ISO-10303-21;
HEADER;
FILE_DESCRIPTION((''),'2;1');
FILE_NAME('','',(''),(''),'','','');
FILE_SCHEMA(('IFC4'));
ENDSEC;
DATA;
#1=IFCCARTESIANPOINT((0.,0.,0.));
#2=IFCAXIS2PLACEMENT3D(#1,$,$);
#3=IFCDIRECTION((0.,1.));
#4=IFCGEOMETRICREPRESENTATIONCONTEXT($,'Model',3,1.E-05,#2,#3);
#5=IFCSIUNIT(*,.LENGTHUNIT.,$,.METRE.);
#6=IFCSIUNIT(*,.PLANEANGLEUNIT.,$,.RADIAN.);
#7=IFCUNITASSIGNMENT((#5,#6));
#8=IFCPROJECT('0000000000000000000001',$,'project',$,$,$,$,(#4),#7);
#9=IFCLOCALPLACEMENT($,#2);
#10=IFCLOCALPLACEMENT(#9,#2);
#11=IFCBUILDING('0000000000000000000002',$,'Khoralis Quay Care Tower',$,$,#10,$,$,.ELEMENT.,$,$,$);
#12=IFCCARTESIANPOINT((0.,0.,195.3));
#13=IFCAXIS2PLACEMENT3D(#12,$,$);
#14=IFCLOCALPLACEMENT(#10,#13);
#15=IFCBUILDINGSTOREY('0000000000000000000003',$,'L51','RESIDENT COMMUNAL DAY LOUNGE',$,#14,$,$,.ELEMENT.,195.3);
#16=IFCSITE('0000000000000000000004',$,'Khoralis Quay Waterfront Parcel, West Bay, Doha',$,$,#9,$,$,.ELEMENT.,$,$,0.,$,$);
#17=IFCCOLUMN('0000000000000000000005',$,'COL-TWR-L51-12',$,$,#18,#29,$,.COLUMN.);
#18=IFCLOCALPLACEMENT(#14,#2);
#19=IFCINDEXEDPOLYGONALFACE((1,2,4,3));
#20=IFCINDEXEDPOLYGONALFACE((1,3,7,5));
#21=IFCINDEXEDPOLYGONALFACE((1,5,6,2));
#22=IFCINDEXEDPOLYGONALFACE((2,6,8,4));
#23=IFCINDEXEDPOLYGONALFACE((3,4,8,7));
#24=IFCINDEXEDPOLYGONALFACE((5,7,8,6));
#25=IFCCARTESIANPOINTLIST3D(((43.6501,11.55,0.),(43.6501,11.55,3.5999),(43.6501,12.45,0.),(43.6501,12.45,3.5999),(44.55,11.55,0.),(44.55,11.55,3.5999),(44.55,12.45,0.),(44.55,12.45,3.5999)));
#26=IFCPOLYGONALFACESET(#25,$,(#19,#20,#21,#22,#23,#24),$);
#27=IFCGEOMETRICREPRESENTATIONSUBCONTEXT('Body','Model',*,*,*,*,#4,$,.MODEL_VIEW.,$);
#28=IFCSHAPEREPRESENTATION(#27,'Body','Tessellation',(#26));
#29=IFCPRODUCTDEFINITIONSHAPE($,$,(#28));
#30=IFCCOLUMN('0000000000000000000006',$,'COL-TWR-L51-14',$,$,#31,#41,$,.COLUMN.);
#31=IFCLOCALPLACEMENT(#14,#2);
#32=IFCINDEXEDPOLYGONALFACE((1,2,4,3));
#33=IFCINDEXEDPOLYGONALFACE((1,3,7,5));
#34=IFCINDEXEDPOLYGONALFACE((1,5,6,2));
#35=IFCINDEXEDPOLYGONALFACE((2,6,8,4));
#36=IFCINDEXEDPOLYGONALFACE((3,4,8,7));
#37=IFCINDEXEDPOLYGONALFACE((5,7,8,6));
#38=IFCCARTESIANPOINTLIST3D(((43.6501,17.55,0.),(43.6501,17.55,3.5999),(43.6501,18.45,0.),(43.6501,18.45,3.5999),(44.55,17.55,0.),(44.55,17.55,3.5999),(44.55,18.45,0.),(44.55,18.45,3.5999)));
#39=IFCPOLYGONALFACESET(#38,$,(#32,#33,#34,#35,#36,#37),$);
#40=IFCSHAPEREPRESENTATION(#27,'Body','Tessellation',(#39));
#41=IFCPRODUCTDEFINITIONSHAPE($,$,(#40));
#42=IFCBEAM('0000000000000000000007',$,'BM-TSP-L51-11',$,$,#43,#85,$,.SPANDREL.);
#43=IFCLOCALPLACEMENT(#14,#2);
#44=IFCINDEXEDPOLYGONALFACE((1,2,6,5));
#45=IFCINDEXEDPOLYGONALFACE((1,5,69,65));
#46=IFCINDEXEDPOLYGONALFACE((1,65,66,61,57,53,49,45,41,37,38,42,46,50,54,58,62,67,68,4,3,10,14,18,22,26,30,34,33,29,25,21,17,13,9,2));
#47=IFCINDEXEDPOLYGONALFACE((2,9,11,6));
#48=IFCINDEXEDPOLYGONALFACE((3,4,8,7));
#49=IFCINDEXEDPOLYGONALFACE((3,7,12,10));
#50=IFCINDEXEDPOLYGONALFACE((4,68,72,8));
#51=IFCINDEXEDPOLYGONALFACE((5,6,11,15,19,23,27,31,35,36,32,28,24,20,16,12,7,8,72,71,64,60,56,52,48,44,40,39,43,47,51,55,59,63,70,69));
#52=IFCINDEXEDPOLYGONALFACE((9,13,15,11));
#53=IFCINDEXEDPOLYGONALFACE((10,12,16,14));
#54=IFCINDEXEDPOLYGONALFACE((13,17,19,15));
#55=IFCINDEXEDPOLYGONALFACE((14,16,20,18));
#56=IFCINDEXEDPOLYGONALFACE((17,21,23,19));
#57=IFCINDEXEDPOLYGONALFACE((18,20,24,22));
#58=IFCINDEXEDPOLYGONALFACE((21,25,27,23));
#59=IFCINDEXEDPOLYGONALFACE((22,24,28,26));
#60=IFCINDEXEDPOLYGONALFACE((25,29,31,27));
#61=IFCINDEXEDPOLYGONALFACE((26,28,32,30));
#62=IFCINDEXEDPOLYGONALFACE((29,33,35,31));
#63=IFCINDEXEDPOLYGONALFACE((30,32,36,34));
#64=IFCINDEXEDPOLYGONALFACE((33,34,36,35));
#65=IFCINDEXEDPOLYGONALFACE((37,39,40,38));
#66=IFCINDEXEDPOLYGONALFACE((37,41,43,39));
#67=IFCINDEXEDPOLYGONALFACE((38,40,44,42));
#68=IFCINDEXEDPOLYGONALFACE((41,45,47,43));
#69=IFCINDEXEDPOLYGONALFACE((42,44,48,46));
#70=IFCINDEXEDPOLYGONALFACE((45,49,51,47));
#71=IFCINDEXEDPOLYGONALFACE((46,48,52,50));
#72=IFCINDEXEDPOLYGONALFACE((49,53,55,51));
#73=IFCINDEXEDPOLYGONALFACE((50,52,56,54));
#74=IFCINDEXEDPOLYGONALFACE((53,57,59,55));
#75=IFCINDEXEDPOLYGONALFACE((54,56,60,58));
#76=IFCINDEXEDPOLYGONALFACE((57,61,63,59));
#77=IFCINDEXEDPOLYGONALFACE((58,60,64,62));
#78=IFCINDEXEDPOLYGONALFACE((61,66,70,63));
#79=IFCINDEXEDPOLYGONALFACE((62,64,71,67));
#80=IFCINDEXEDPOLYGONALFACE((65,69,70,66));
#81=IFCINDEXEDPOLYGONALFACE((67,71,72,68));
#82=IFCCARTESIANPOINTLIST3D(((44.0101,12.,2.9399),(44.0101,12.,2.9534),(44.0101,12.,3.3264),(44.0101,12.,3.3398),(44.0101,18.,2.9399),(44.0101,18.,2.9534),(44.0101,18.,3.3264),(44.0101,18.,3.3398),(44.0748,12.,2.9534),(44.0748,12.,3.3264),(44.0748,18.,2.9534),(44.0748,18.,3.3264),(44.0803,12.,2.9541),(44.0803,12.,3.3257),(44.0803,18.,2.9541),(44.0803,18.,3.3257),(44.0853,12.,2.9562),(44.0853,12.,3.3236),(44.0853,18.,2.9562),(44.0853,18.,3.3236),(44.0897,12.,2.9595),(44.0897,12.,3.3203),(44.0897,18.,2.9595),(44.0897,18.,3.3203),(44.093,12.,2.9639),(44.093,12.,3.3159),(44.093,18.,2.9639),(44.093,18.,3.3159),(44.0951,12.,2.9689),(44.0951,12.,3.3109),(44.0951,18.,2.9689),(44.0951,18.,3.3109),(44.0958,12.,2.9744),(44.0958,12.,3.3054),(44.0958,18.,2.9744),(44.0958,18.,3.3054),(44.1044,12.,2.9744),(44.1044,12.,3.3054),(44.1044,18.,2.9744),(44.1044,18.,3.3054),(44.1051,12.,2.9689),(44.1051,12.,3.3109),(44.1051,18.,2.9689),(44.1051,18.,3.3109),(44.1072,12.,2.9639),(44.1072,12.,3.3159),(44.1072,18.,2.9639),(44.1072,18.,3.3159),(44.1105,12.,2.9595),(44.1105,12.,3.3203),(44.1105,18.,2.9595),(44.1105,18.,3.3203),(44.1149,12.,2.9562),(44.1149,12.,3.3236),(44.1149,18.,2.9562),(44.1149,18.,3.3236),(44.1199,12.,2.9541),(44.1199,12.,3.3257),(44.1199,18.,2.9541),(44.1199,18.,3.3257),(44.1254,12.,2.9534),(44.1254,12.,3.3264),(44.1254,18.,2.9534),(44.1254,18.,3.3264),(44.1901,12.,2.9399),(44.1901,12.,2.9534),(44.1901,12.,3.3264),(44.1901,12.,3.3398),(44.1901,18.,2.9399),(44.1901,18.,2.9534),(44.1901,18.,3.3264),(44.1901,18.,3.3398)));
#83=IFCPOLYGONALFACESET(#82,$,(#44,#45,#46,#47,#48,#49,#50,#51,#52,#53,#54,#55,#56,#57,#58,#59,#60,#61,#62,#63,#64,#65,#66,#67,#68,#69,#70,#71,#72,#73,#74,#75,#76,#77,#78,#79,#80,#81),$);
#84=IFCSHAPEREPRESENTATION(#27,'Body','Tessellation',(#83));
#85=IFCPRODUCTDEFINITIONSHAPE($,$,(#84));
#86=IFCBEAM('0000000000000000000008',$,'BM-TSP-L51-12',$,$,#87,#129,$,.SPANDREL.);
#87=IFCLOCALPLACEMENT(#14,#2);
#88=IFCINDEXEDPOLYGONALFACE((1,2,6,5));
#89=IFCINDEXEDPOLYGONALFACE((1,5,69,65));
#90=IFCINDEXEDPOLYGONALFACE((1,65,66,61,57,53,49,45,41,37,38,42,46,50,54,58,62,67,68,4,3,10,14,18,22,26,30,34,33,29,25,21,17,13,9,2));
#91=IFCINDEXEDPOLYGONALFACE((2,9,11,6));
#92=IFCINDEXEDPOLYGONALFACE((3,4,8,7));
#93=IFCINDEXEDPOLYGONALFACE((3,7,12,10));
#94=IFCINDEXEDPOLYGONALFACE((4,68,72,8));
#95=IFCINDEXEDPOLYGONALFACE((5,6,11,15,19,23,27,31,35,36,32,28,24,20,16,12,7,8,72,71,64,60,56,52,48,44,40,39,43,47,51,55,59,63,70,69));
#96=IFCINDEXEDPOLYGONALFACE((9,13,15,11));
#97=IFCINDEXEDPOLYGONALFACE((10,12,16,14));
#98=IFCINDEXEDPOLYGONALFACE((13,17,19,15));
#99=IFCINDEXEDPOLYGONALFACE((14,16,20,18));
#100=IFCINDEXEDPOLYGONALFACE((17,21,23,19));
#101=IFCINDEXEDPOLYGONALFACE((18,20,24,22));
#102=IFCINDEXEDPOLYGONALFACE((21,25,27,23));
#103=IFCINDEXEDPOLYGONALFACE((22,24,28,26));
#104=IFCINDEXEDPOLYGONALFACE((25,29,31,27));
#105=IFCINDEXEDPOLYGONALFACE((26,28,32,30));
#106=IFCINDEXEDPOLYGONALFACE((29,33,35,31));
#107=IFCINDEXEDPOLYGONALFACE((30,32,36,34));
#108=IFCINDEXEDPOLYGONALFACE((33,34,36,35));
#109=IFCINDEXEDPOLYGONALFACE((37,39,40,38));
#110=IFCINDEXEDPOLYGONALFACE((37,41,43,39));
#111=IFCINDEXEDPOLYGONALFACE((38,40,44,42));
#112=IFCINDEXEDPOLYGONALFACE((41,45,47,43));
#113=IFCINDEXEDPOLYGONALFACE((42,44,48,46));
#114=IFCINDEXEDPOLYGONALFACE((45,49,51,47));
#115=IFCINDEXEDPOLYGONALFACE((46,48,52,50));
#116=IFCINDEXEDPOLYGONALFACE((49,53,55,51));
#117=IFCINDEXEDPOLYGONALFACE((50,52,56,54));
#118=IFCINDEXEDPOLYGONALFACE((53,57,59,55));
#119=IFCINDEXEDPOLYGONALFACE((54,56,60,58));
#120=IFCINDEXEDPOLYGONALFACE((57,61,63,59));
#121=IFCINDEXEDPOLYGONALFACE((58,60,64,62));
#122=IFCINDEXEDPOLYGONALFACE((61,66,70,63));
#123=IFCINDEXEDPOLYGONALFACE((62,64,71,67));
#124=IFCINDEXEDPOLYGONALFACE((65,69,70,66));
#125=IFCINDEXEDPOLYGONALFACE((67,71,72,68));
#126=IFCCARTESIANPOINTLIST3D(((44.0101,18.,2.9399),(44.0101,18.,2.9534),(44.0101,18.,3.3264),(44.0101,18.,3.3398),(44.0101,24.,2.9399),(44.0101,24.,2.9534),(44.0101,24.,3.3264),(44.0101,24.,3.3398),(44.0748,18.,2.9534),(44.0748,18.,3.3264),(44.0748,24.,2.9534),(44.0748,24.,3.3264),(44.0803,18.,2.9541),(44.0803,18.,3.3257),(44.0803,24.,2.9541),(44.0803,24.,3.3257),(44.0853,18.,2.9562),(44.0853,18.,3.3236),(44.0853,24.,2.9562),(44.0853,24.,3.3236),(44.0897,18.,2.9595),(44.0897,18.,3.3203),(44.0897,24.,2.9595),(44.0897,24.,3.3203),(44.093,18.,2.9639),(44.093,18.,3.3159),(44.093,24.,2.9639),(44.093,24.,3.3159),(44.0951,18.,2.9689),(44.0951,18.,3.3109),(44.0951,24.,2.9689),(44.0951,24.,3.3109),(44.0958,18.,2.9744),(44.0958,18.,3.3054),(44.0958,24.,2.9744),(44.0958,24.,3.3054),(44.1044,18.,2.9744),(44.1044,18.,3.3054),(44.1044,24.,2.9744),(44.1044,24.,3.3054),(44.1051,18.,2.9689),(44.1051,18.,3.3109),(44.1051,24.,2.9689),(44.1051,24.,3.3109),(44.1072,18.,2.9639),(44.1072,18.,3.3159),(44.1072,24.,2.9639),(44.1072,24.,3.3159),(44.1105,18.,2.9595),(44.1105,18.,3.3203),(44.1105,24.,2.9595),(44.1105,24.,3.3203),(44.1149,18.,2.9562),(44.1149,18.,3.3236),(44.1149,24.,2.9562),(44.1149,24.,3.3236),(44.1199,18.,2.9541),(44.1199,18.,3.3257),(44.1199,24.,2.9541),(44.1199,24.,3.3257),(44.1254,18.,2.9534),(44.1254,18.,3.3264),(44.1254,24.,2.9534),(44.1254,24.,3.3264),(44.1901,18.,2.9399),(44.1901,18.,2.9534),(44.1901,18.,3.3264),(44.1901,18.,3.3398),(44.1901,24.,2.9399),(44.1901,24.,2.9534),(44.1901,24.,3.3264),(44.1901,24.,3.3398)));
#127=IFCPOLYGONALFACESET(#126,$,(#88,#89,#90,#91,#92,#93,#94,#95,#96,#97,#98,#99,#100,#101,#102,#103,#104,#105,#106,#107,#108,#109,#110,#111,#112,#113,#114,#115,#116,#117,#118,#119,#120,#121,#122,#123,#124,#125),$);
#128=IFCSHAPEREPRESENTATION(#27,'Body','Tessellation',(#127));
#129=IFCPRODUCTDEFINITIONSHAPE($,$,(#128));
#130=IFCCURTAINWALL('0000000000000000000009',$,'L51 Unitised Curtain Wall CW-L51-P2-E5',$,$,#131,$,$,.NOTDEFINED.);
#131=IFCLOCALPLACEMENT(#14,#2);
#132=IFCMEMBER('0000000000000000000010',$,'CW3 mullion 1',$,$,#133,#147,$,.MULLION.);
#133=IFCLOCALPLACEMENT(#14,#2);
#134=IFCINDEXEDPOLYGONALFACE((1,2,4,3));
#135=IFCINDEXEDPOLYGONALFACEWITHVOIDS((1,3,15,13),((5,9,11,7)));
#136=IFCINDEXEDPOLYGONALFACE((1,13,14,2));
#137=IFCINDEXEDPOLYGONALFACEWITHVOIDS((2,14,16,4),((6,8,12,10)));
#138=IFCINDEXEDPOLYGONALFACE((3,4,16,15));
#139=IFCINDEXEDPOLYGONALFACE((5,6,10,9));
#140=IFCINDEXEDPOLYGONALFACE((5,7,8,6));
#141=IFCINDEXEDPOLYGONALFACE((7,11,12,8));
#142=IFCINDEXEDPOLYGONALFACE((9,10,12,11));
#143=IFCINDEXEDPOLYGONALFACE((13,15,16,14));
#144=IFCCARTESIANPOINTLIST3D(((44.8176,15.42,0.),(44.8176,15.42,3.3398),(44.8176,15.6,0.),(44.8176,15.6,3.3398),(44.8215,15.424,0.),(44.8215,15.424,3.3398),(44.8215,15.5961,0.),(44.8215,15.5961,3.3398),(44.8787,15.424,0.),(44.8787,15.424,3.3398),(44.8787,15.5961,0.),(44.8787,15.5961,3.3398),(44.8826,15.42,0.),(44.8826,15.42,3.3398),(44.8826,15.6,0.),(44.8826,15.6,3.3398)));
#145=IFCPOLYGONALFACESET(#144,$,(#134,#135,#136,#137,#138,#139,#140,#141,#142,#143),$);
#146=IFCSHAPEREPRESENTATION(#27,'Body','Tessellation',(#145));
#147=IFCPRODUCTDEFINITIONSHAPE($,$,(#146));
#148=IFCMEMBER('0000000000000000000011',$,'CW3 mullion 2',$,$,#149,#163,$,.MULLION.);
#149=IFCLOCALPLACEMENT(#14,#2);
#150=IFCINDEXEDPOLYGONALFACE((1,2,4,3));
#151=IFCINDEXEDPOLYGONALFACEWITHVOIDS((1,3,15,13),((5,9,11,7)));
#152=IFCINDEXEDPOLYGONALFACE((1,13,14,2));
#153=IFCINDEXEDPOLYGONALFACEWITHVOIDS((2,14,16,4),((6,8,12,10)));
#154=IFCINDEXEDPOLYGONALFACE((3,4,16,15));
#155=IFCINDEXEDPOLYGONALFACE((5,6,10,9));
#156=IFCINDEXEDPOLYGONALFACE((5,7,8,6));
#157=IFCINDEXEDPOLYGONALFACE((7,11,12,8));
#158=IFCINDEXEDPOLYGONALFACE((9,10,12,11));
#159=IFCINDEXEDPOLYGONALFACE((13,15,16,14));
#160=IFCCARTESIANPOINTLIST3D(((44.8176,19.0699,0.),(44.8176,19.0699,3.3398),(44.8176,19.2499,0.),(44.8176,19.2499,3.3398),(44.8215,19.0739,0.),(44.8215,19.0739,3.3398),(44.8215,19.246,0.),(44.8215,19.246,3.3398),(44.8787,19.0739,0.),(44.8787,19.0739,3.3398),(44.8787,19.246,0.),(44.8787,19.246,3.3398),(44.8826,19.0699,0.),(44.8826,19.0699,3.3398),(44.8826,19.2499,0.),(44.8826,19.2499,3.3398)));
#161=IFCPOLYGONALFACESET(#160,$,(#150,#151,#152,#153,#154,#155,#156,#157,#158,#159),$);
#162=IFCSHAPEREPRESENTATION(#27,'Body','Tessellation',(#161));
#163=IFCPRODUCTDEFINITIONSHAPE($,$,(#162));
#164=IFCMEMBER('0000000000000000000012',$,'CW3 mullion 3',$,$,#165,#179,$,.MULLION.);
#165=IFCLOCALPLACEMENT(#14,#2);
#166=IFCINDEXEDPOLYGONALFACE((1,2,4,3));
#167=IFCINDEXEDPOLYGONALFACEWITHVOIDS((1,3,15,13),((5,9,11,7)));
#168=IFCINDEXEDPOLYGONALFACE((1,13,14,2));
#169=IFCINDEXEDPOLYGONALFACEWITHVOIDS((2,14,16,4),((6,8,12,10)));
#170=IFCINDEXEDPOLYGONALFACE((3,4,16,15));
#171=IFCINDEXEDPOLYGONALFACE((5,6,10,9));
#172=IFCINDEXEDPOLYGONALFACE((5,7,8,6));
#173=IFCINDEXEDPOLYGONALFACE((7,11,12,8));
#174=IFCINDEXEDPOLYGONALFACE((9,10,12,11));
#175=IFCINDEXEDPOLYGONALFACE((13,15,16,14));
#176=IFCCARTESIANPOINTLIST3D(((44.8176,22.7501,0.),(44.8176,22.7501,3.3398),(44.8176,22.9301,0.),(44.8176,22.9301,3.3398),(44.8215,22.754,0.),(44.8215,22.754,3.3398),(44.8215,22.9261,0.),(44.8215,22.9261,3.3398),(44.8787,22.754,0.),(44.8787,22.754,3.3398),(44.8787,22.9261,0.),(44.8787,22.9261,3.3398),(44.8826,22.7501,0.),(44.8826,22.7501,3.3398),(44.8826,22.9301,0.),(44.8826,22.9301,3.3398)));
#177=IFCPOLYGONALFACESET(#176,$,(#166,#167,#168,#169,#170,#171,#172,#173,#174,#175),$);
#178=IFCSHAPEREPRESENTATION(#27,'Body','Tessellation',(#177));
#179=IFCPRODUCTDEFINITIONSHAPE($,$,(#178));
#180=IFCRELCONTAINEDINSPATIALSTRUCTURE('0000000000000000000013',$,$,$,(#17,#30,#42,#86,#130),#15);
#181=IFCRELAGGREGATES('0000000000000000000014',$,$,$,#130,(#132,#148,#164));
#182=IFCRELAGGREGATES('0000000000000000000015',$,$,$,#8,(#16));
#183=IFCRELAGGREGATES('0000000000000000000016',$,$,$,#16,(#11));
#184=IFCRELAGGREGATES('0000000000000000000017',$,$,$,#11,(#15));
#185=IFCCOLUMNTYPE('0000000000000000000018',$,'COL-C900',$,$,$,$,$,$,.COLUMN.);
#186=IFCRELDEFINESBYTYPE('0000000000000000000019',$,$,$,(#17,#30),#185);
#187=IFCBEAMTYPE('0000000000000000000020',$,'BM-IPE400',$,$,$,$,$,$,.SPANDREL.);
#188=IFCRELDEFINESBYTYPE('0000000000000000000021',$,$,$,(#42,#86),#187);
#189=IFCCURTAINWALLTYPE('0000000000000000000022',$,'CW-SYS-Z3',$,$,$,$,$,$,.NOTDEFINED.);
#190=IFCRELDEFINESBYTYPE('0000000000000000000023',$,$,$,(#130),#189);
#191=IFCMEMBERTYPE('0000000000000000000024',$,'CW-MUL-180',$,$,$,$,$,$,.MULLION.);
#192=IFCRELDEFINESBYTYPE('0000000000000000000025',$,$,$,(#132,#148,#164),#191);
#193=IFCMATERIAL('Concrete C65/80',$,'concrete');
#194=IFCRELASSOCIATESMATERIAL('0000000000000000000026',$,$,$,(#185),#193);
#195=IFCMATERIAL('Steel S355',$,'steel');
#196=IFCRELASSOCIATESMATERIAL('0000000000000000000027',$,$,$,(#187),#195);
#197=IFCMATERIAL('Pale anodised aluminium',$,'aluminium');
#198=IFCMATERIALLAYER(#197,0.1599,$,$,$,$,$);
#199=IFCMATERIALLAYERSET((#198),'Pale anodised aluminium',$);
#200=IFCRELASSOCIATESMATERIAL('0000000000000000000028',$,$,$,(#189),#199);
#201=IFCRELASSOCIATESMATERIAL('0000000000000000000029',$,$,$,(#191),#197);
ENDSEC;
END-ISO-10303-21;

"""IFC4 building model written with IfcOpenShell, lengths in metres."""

from ifc_helpers import new_model, si_unit, direction, frame, origin, origin_2d, place, context, subcontext, project, spatial, rectangle, hollow_rectangle, i_section, extrude, source, transform, mapped, material, layer, layer_set, material_profile, profile_set, type_object, element, aggregate, save


model = new_model("IFC4")

# Units and contexts
model_context = context("Model", 3, precision=1e-05, world=origin(), true_north=direction((0.0, 1.0)))
body_context = subcontext(model_context, "Body", "Model", "MODEL_VIEW")
ifc_project = project(units=[si_unit("LENGTHUNIT", "METRE"), si_unit("PLANEANGLEUNIT", "RADIAN")], contexts=[model_context])

# Site, building, storey
site_placement = place(None, origin())
site = spatial("IfcSite", under=ifc_project, at=site_placement, Name="Khoralis Quay Waterfront Parcel, West Bay, Doha", CompositionType="ELEMENT", RefElevation=0.0)
building_placement = place(site_placement, origin())
building = spatial("IfcBuilding", under=site, at=building_placement, Name="Khoralis Quay Care Tower", CompositionType="ELEMENT")
storey_placement = place(building_placement, frame((0.0, 0.0, 195.3)))
storey = spatial("IfcBuildingStorey", under=building, at=storey_placement, Name="L51", Description="RESIDENT COMMUNAL DAY LOUNGE", CompositionType="ELEMENT", Elevation=195.3)

# Columns
ifc_material_1 = material(Name="Concrete C65/80", Category="concrete")
ifc_material_profile_1 = material_profile(ifc_material_1, rectangle(XDim=0.8999, YDim=0.8999, at=origin_2d()), Name="Concrete C65/80")
ifc_profile_set_1 = profile_set([ifc_material_profile_1], Name="Concrete C65/80")
column_type = type_object("IfcColumnType", Name="COL-C900", PredefinedType="COLUMN", material=ifc_profile_set_1)
shared_shape_1 = source(origin(), body_context, "Body", "SweptSolid", [
    extrude(rectangle(XDim=0.8999, YDim=0.8999, at=origin_2d()), origin(), (0.0, 0.0, 1.0), 3.5999),
])
for number, where, z_axis, x_axis, name in (
    (1, (44.1001, 12.0, 0.0), (0.0, 0.0, 1.0), (1.0, 0.0, 0.0), "COL-TWR-L51-12"),
    (2, (44.1001, 18.0, 0.0), (0.0, 0.0, 1.0), (1.0, 0.0, 0.0), "COL-TWR-L51-14"),
):
    element("IfcColumn", number, at=place(storey_placement, frame(where, z_axis=z_axis, x_axis=x_axis)), inside=storey, type_object=column_type, Name=name, PredefinedType="COLUMN", context=body_context, shape_type="MappedRepresentation", body=[
        mapped(shared_shape_1, transform((0.0, 0.0, 0.0), scale=1.0)),
    ])

# Beams
ifc_material_2 = material(Name="Steel S355", Category="steel")
ifc_material_profile_2 = material_profile(ifc_material_2, i_section(OverallWidth=0.1799, OverallDepth=0.3999, WebThickness=0.0085, FlangeThickness=0.0134, FilletRadius=0.021, at=origin_2d()), Name="Steel S355")
ifc_profile_set_2 = profile_set([ifc_material_profile_2], Name="Steel S355")
beam_type = type_object("IfcBeamType", Name="BM-IPE400", PredefinedType="SPANDREL", material=ifc_profile_set_2)
shared_shape_2 = source(origin(), body_context, "Body", "SweptSolid", [
    extrude(i_section(OverallWidth=0.1799, OverallDepth=0.3999, WebThickness=0.0085, FlangeThickness=0.0134, FilletRadius=0.021, at=origin_2d()), origin(), (0.0, 0.0, 1.0), 6.0),
])
for number, where, z_axis, x_axis, name in (
    (3, (44.1001, 12.0, 3.1399), (0.0, 1.0, 0.0), (-1.0, 0.0, 0.0), "BM-TSP-L51-11"),
    (4, (44.1001, 18.0, 3.1399), (0.0, 1.0, 0.0), (-1.0, 0.0, 0.0), "BM-TSP-L51-12"),
):
    element("IfcBeam", number, at=place(storey_placement, frame(where, z_axis=z_axis, x_axis=x_axis)), inside=storey, type_object=beam_type, Name=name, PredefinedType="SPANDREL", context=body_context, shape_type="MappedRepresentation", body=[
        mapped(shared_shape_2, transform((0.0, 0.0, 0.0), scale=1.0)),
    ])

# Curtain wall, members
ifc_material_3 = material(Name="Pale anodised aluminium", Category="aluminium")
ifc_layer_1 = layer(ifc_material_3, 0.1599)
ifc_layer_set_1 = layer_set([ifc_layer_1], Name="Pale anodised aluminium")
curtain_wall_type = type_object("IfcCurtainWallType", Name="CW-SYS-Z3", PredefinedType="NOTDEFINED", material=ifc_layer_set_1)
curtain_wall_placement = place(storey_placement, origin())
curtain_wall = element("IfcCurtainWall", 5, at=curtain_wall_placement, inside=storey, type_object=curtain_wall_type, Name="L51 Unitised Curtain Wall CW-L51-P2-E5", PredefinedType="NOTDEFINED")
ifc_material_profile_3 = material_profile(ifc_material_3, hollow_rectangle(XDim=0.0649, YDim=0.1799, WallThickness=0.0039, at=origin_2d()), Name="Pale anodised aluminium")
ifc_profile_set_3 = profile_set([ifc_material_profile_3], Name="Pale anodised aluminium")
member_type_1 = type_object("IfcMemberType", Name="CW-MUL-180", PredefinedType="MULLION", material=ifc_profile_set_3)
shared_shape_3 = source(origin(), body_context, "Body", "SweptSolid", [
    extrude(hollow_rectangle(XDim=0.0649, YDim=0.1799, WallThickness=0.0039, at=origin_2d()), origin(), (0.0, 0.0, 1.0), 3.3398),
])
member_1_placement = place(storey_placement, frame((44.8501, 15.51, 0.0), z_axis=(0.0, 0.0, 1.0), x_axis=(-1.0, 0.0, 0.0)))
member_1 = element("IfcMember", 6, at=member_1_placement, type_object=member_type_1, Name="CW3 mullion 1", PredefinedType="MULLION", context=body_context, shape_type="MappedRepresentation", body=[
    mapped(shared_shape_3, transform((0.0, 0.0, 0.0), scale=1.0)),
])
member_2_placement = place(storey_placement, frame((44.8501, 19.1599, 0.0), z_axis=(0.0, 0.0, 1.0), x_axis=(-1.0, 0.0, 0.0)))
member_2 = element("IfcMember", 7, at=member_2_placement, type_object=member_type_1, Name="CW3 mullion 2", PredefinedType="MULLION", context=body_context, shape_type="MappedRepresentation", body=[
    mapped(shared_shape_3, transform((0.0, 0.0, 0.0), scale=1.0)),
])
member_3_placement = place(storey_placement, frame((44.8501, 22.8401, 0.0), z_axis=(0.0, 0.0, 1.0), x_axis=(-1.0, 0.0, 0.0)))
member_3 = element("IfcMember", 8, at=member_3_placement, type_object=member_type_1, Name="CW3 mullion 3", PredefinedType="MULLION", context=body_context, shape_type="MappedRepresentation", body=[
    mapped(shared_shape_3, transform((0.0, 0.0, 0.0), scale=1.0)),
])
aggregate(curtain_wall, [member_1, member_2, member_3])

save(model, "model.ifc")
